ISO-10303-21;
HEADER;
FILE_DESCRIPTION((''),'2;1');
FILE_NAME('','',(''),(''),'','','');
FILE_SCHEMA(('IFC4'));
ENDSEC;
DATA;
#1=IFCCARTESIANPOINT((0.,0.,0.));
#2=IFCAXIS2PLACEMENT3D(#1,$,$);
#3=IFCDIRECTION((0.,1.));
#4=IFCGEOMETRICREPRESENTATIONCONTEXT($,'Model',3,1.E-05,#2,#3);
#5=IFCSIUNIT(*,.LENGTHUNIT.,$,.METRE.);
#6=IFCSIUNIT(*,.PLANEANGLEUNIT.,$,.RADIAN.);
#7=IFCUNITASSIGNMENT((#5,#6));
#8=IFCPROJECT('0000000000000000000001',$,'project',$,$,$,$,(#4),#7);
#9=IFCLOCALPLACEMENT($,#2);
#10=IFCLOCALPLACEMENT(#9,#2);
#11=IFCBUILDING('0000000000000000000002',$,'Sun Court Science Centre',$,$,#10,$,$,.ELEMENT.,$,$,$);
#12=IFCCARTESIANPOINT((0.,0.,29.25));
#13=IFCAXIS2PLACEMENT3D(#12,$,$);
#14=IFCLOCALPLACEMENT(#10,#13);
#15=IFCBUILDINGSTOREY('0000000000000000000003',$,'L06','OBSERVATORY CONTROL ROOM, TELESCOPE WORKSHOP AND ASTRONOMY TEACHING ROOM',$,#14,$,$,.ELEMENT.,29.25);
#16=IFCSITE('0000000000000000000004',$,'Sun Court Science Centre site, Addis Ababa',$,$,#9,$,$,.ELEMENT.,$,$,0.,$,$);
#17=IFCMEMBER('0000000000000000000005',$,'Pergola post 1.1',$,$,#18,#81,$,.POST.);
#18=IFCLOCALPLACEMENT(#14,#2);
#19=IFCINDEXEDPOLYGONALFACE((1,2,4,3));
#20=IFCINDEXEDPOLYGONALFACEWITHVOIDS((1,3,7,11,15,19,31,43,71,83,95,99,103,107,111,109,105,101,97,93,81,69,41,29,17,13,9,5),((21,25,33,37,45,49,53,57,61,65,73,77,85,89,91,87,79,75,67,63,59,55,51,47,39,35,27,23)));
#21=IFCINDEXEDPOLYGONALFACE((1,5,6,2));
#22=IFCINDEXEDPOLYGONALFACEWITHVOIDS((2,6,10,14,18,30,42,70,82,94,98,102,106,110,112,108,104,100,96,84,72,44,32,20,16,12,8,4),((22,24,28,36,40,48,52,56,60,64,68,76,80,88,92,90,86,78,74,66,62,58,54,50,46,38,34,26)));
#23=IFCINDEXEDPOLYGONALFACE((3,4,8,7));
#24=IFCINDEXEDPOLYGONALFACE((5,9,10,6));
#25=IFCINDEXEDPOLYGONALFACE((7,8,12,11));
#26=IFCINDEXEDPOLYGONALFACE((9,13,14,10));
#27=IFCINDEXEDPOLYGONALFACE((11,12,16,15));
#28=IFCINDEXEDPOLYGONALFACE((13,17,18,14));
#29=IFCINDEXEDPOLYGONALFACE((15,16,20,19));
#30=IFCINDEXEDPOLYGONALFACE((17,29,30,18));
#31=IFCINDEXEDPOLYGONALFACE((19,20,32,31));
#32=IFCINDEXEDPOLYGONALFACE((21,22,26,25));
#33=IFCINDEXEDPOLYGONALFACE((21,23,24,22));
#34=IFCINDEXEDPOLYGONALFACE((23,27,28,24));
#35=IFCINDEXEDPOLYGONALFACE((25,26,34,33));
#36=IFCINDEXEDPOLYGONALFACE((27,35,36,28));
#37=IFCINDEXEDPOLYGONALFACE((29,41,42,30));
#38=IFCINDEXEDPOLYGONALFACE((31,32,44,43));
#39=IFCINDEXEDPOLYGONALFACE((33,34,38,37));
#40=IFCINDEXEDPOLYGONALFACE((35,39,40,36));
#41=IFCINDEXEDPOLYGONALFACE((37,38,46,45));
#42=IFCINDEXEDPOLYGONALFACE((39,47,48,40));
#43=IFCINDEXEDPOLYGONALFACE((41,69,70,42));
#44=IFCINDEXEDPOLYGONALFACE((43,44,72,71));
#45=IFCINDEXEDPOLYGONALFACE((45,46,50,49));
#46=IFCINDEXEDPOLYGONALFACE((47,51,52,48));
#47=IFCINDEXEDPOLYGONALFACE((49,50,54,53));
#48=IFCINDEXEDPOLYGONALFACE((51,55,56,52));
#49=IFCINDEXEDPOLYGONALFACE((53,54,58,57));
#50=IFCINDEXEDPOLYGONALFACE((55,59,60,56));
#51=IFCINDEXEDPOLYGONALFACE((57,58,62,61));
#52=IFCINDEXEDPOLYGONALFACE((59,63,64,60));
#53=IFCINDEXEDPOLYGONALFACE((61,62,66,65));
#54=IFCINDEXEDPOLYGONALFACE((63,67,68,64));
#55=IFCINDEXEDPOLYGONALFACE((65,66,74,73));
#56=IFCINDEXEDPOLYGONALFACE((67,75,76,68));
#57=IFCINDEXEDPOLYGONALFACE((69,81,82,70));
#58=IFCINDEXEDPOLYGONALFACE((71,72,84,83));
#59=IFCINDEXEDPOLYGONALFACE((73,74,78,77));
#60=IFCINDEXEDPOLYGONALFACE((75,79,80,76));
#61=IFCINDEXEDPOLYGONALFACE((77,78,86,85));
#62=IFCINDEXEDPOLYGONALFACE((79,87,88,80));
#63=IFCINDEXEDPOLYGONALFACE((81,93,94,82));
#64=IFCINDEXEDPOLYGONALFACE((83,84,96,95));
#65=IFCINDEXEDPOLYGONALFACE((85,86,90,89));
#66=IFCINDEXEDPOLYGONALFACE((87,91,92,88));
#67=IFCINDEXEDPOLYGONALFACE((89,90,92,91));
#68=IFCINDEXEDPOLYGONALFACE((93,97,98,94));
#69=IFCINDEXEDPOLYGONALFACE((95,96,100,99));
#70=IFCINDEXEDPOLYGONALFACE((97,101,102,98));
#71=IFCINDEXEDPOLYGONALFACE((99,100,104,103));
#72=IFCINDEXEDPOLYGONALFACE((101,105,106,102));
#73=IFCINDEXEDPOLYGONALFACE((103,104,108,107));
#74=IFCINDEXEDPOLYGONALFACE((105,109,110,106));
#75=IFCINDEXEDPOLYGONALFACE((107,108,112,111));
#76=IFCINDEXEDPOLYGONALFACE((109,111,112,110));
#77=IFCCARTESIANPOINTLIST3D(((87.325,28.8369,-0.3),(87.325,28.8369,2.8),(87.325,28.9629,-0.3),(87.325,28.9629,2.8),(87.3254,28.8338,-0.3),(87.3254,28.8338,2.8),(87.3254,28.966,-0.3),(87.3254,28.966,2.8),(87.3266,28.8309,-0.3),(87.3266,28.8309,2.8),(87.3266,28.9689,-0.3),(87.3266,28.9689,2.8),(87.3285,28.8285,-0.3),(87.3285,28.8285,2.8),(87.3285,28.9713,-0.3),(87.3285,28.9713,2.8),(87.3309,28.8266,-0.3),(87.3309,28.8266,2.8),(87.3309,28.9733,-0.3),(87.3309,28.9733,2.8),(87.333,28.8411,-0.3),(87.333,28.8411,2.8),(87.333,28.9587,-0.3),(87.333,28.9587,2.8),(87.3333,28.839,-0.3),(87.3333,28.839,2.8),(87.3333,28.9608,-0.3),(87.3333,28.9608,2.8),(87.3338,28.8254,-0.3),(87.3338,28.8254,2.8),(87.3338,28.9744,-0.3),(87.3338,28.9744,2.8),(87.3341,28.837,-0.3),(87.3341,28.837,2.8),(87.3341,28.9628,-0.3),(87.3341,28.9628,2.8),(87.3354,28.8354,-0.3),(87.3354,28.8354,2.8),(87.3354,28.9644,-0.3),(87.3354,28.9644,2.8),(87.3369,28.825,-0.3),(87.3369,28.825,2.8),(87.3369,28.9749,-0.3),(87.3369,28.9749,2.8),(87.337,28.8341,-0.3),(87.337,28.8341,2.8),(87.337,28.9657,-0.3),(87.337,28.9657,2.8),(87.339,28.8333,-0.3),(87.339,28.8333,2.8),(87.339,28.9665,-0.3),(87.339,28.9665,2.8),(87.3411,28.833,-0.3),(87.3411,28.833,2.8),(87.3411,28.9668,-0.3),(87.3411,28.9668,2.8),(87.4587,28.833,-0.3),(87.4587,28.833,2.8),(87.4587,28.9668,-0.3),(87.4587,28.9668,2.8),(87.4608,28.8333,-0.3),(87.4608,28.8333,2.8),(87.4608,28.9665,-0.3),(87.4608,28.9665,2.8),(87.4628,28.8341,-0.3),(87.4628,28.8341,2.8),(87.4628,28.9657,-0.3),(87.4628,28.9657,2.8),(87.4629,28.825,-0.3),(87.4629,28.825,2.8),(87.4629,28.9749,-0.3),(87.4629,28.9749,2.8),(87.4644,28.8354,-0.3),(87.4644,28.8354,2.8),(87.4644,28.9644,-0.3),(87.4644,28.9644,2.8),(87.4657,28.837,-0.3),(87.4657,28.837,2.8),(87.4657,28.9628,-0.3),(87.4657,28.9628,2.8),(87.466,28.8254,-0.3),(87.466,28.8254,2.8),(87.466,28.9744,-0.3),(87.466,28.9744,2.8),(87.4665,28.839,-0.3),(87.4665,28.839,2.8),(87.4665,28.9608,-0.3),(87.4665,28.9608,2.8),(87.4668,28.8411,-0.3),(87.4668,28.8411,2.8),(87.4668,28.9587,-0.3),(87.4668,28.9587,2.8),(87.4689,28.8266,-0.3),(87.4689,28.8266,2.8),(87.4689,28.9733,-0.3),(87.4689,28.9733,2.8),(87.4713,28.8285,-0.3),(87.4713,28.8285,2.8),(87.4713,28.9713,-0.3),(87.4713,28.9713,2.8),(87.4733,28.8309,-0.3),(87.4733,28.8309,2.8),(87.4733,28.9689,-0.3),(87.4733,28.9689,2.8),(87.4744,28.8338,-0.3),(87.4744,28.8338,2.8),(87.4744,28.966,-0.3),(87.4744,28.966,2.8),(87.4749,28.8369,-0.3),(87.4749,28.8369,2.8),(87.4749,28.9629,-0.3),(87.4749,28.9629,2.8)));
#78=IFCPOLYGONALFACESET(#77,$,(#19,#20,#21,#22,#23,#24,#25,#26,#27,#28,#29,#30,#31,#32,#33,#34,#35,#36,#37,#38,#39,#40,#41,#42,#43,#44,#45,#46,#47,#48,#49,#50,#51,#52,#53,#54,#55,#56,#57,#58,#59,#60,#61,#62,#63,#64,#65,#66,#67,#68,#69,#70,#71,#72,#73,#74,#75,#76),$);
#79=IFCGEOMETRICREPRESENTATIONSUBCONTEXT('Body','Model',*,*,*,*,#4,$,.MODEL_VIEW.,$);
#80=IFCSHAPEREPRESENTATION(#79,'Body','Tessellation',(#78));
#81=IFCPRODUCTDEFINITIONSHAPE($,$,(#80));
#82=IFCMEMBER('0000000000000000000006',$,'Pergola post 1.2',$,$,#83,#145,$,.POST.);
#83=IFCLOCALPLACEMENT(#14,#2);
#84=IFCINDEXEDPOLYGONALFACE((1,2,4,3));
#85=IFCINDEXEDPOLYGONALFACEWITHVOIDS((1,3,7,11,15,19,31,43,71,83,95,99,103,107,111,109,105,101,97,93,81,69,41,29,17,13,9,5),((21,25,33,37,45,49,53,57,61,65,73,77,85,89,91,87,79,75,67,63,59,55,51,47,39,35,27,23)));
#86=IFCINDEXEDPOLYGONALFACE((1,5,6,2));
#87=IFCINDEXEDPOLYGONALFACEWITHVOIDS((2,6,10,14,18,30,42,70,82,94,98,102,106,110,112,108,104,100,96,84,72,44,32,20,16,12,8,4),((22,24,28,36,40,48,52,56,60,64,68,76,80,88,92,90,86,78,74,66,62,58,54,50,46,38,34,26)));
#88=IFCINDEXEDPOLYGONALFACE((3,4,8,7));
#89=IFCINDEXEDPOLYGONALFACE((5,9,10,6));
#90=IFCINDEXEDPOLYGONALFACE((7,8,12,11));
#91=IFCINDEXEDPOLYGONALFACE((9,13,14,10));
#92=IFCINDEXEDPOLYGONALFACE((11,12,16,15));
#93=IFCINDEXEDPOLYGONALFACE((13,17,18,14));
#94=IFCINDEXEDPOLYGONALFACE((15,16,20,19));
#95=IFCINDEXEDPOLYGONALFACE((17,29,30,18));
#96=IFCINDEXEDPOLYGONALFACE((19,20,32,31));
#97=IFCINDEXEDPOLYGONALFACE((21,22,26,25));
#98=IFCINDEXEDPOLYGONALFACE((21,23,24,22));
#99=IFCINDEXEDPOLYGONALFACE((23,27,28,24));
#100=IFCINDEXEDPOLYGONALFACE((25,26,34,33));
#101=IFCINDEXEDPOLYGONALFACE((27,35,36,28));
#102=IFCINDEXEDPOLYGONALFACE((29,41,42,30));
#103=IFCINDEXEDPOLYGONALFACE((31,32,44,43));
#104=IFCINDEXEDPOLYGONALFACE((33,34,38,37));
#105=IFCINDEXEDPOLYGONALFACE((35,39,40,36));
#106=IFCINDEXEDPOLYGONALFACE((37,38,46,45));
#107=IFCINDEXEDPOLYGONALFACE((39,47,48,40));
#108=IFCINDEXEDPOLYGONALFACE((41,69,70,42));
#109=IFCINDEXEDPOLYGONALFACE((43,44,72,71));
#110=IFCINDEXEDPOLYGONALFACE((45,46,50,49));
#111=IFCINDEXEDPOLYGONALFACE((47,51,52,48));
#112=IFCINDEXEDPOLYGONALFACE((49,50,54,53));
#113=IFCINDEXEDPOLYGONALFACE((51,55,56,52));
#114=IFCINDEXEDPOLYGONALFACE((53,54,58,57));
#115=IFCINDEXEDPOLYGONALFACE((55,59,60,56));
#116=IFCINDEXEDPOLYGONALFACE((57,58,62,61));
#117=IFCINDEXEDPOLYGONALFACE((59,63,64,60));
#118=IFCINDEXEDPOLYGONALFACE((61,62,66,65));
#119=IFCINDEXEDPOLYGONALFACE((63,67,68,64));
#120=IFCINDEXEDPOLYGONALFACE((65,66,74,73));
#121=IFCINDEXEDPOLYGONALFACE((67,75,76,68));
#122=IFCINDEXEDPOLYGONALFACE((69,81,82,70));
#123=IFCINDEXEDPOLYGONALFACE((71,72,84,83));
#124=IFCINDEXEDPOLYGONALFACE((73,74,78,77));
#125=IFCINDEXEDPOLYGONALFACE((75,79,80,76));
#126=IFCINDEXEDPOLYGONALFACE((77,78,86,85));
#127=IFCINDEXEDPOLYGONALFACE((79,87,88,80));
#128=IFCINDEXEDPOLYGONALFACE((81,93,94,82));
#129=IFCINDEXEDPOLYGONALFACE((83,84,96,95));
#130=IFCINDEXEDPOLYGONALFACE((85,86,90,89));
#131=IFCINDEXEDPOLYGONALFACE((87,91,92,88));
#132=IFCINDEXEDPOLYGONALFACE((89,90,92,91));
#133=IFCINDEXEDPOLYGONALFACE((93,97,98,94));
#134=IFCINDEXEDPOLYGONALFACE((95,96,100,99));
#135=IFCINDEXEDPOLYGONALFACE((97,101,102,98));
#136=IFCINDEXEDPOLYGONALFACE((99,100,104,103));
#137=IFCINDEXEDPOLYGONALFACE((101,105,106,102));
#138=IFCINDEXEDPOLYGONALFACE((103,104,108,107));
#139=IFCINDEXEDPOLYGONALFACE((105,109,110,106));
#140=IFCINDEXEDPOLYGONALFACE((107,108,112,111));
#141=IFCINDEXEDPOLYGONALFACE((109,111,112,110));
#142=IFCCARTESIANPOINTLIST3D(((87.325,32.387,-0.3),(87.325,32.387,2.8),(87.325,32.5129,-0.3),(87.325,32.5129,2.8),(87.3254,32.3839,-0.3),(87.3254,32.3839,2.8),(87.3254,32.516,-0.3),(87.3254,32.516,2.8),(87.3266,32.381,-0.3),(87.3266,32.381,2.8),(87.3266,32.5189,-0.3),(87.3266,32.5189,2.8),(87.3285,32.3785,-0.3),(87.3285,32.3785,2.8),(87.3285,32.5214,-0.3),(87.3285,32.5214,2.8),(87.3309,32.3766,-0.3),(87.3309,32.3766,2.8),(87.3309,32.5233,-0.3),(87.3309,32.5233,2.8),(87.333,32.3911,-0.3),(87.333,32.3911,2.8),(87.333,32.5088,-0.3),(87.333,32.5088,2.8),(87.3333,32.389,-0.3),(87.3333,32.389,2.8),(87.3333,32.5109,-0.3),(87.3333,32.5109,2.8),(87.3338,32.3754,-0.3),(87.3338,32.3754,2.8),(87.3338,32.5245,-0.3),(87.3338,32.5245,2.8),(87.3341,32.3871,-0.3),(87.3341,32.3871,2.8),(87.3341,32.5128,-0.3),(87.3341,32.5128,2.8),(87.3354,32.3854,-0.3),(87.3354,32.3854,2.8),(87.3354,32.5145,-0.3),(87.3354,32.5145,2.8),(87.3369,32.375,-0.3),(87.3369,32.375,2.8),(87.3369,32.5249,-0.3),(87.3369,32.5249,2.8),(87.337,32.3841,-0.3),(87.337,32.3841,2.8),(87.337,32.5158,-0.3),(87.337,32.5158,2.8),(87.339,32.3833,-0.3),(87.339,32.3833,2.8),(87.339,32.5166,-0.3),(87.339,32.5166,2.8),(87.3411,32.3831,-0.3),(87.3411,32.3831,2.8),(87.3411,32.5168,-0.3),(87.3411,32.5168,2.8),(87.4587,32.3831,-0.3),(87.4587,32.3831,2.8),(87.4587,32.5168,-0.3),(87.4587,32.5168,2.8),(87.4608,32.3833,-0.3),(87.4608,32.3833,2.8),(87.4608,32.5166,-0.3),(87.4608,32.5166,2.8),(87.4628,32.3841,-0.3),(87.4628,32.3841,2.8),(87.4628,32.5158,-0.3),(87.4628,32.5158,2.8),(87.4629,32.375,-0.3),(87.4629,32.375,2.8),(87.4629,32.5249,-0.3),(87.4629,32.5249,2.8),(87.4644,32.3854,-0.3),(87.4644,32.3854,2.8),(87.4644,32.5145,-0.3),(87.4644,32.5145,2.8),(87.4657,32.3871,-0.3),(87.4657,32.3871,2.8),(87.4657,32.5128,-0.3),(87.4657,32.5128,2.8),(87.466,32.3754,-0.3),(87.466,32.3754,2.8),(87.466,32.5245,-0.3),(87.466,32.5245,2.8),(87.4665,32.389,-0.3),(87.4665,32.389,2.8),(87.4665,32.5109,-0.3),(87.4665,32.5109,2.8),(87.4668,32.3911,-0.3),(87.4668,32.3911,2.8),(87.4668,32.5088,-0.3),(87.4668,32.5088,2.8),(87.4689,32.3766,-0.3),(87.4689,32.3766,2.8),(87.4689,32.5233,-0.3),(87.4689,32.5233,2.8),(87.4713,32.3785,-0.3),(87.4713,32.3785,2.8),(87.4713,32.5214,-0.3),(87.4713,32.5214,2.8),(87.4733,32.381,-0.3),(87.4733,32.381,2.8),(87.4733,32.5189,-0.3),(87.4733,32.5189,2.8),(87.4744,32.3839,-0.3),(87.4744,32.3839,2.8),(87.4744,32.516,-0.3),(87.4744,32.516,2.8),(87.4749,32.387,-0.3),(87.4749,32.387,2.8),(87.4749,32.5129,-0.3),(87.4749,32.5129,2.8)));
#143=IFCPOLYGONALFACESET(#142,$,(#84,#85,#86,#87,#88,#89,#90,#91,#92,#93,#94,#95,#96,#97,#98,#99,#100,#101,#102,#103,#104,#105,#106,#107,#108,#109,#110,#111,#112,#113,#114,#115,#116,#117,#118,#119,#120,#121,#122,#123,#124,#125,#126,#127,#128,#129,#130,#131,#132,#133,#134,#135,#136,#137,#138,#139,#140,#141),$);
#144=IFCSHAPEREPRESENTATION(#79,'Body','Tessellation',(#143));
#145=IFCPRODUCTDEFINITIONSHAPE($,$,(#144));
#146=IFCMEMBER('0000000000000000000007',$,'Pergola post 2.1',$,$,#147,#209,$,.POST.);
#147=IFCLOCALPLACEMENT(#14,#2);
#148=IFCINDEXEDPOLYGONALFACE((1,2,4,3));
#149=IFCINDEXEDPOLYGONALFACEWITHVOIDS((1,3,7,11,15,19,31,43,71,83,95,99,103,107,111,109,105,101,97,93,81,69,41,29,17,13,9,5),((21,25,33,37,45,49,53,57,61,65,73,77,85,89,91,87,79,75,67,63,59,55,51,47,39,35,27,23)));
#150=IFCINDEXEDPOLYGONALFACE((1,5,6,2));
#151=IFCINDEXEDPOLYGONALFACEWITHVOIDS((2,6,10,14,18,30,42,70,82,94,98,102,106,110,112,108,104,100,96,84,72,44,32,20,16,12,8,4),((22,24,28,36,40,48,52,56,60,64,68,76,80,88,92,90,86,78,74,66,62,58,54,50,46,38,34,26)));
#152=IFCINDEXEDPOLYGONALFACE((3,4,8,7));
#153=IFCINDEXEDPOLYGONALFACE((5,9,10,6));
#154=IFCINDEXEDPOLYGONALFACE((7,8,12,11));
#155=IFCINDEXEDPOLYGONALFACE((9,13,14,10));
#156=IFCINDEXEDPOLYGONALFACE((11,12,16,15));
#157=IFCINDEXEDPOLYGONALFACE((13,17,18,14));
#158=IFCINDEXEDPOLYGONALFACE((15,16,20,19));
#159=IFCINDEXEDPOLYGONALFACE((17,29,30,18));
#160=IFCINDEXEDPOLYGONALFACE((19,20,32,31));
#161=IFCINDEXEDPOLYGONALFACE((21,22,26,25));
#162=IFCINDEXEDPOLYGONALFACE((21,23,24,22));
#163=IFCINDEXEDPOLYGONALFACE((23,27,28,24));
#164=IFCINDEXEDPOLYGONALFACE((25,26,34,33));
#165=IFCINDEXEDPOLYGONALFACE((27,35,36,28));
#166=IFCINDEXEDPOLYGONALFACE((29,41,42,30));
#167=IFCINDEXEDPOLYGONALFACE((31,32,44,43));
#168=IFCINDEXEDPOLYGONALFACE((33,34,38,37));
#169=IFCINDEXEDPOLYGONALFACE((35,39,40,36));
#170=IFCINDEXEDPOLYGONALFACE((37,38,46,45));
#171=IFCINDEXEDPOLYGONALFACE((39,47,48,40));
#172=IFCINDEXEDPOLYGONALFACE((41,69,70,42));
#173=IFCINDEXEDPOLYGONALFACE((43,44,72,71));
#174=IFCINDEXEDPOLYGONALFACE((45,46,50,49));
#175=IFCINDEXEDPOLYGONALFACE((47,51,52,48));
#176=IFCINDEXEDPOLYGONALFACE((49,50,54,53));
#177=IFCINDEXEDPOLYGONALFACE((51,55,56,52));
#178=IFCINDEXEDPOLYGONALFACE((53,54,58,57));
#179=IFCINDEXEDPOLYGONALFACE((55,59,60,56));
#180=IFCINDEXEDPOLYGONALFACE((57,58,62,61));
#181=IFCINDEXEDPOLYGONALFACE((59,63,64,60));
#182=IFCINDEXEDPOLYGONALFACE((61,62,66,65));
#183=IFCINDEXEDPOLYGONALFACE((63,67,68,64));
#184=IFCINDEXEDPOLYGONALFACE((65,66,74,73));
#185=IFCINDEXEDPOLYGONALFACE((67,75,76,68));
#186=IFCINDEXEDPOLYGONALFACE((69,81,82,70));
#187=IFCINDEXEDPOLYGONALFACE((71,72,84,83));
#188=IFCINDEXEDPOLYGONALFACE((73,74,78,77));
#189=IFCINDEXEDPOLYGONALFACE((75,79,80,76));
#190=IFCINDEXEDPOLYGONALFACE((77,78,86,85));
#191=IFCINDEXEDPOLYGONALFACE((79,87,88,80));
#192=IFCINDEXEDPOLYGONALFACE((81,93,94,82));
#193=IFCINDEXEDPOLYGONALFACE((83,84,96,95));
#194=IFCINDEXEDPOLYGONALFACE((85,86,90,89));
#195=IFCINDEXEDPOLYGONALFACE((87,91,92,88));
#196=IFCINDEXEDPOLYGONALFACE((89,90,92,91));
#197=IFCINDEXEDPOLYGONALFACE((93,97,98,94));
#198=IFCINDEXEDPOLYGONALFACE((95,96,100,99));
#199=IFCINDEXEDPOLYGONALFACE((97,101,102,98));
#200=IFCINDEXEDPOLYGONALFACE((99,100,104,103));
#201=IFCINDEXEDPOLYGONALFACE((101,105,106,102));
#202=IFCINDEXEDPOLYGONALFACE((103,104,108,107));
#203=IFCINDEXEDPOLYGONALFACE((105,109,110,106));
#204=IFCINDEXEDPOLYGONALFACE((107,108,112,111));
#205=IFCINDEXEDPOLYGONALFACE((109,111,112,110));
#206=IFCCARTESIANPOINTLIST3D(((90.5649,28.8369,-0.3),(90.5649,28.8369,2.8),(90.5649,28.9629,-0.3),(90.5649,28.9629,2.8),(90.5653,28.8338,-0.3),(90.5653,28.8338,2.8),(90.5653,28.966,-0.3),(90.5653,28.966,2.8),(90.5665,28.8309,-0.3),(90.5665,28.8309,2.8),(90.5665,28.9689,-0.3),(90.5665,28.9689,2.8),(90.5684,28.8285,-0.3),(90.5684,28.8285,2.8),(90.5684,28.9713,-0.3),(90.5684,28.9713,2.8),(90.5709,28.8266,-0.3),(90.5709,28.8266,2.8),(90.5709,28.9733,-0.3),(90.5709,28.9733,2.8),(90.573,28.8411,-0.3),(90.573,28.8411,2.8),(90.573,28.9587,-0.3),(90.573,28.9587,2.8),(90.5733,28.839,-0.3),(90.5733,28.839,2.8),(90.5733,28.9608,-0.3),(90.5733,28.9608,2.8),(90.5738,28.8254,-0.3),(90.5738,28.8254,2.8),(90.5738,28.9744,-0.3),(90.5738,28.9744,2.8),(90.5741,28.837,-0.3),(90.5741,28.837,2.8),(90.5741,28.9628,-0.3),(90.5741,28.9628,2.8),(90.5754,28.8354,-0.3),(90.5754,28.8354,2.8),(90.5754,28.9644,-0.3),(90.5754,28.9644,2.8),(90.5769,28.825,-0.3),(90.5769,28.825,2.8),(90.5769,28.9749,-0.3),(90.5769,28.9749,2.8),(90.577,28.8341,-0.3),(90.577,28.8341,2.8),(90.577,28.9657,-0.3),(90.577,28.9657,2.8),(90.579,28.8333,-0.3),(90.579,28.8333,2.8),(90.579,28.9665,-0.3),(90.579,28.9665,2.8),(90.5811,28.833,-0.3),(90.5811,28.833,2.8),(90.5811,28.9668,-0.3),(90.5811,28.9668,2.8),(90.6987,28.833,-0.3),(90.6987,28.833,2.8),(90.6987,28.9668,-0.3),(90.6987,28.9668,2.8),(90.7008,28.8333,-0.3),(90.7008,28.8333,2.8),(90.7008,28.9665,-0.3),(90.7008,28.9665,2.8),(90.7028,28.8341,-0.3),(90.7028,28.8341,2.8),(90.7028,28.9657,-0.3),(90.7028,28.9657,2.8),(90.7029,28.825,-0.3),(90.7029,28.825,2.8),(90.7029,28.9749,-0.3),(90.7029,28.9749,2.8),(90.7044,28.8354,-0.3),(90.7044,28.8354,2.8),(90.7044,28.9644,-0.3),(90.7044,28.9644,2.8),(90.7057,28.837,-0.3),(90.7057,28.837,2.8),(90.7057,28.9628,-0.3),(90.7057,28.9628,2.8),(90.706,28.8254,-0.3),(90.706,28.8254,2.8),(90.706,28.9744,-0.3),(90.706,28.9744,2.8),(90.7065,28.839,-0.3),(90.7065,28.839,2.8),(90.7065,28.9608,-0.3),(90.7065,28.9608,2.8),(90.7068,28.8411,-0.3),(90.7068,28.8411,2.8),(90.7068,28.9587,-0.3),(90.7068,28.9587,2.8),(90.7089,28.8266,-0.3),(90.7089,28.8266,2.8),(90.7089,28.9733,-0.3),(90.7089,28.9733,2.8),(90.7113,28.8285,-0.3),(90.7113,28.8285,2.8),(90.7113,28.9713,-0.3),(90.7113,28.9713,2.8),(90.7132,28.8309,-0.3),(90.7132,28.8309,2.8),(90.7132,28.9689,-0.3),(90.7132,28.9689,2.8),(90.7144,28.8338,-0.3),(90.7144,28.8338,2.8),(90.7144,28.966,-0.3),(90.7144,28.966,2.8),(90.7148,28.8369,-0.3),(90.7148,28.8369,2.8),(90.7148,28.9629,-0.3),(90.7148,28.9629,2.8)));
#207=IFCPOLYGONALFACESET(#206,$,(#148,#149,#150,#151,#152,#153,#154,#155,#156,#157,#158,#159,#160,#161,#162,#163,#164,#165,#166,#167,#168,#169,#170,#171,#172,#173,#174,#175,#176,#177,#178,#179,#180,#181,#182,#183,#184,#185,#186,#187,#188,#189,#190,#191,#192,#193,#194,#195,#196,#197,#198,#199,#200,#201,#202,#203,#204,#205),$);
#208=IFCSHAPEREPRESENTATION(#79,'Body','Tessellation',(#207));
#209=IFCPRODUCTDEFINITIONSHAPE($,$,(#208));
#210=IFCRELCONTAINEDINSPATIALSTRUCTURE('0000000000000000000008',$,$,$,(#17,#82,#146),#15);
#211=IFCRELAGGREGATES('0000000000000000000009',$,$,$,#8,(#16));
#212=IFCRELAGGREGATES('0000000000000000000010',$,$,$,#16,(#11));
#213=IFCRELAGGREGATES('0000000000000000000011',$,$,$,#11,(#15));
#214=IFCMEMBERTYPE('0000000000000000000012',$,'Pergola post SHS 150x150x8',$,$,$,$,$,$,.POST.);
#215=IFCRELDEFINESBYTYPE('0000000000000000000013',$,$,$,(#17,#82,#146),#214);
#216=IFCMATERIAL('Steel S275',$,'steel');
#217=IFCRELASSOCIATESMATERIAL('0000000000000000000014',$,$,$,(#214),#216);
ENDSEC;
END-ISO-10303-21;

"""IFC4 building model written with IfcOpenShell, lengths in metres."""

from ifc_helpers import new_model, si_unit, direction, frame, origin, origin_2d, place, context, subcontext, project, spatial, hollow_rectangle, extrude, material, material_profile, profile_set, type_object, element, save


model = new_model("IFC4")

# Units and contexts
model_context = context("Model", 3, precision=1e-05, world=origin(), true_north=direction((0.0, 1.0)))
body_context = subcontext(model_context, "Body", "Model", "MODEL_VIEW")
ifc_project = project(units=[si_unit("LENGTHUNIT", "METRE"), si_unit("PLANEANGLEUNIT", "RADIAN")], contexts=[model_context])

# Site, building, storey
site_placement = place(None, origin())
site = spatial("IfcSite", under=ifc_project, at=site_placement, Name="Sun Court Science Centre site, Addis Ababa", CompositionType="ELEMENT", RefElevation=0.0)
building_placement = place(site_placement, origin())
building = spatial("IfcBuilding", under=site, at=building_placement, Name="Sun Court Science Centre", CompositionType="ELEMENT")
storey_placement = place(building_placement, frame((0.0, 0.0, 29.25)))
storey = spatial("IfcBuildingStorey", under=building, at=storey_placement, Name="L06", Description="OBSERVATORY CONTROL ROOM, TELESCOPE WORKSHOP AND ASTRONOMY TEACHING ROOM", CompositionType="ELEMENT", Elevation=29.25)

# Members
ifc_material_1 = material(Name="Steel S275", Category="steel")
ifc_material_profile_1 = material_profile(ifc_material_1, hollow_rectangle(XDim=0.1499, YDim=0.1499, WallThickness=0.0081, InnerFilletRadius=0.0081, OuterFilletRadius=0.012, at=origin_2d()), Name="SHS 150x150x8")
ifc_profile_set_1 = profile_set([ifc_material_profile_1], Name="Steel S275")
member_type_1 = type_object("IfcMemberType", Name="Pergola post SHS 150x150x8", PredefinedType="POST", material=ifc_profile_set_1)
for number, where, z_axis, x_axis, name in (
    (1, (87.3999, 28.8999, -0.3), (0.0, 0.0, 1.0), (1.0, 0.0, 0.0), "Pergola post 1.1"),
    (2, (87.3999, 32.45, -0.3), (0.0, 0.0, 1.0), (1.0, 0.0, 0.0), "Pergola post 1.2"),
    (3, (90.6399, 28.8999, -0.3), (0.0, 0.0, 1.0), (1.0, 0.0, 0.0), "Pergola post 2.1"),
):
    element("IfcMember", number, at=place(storey_placement, frame(where, z_axis=z_axis, x_axis=x_axis)), inside=storey, type_object=member_type_1, Name=name, PredefinedType="POST", context=body_context, shape_type="SweptSolid", body=[
        extrude(hollow_rectangle(XDim=0.1499, YDim=0.1499, WallThickness=0.0081, InnerFilletRadius=0.0081, OuterFilletRadius=0.012, at=origin_2d()), origin(), (0.0, 0.0, 1.0), 3.1001),
    ])

save(model, "model.ifc")
